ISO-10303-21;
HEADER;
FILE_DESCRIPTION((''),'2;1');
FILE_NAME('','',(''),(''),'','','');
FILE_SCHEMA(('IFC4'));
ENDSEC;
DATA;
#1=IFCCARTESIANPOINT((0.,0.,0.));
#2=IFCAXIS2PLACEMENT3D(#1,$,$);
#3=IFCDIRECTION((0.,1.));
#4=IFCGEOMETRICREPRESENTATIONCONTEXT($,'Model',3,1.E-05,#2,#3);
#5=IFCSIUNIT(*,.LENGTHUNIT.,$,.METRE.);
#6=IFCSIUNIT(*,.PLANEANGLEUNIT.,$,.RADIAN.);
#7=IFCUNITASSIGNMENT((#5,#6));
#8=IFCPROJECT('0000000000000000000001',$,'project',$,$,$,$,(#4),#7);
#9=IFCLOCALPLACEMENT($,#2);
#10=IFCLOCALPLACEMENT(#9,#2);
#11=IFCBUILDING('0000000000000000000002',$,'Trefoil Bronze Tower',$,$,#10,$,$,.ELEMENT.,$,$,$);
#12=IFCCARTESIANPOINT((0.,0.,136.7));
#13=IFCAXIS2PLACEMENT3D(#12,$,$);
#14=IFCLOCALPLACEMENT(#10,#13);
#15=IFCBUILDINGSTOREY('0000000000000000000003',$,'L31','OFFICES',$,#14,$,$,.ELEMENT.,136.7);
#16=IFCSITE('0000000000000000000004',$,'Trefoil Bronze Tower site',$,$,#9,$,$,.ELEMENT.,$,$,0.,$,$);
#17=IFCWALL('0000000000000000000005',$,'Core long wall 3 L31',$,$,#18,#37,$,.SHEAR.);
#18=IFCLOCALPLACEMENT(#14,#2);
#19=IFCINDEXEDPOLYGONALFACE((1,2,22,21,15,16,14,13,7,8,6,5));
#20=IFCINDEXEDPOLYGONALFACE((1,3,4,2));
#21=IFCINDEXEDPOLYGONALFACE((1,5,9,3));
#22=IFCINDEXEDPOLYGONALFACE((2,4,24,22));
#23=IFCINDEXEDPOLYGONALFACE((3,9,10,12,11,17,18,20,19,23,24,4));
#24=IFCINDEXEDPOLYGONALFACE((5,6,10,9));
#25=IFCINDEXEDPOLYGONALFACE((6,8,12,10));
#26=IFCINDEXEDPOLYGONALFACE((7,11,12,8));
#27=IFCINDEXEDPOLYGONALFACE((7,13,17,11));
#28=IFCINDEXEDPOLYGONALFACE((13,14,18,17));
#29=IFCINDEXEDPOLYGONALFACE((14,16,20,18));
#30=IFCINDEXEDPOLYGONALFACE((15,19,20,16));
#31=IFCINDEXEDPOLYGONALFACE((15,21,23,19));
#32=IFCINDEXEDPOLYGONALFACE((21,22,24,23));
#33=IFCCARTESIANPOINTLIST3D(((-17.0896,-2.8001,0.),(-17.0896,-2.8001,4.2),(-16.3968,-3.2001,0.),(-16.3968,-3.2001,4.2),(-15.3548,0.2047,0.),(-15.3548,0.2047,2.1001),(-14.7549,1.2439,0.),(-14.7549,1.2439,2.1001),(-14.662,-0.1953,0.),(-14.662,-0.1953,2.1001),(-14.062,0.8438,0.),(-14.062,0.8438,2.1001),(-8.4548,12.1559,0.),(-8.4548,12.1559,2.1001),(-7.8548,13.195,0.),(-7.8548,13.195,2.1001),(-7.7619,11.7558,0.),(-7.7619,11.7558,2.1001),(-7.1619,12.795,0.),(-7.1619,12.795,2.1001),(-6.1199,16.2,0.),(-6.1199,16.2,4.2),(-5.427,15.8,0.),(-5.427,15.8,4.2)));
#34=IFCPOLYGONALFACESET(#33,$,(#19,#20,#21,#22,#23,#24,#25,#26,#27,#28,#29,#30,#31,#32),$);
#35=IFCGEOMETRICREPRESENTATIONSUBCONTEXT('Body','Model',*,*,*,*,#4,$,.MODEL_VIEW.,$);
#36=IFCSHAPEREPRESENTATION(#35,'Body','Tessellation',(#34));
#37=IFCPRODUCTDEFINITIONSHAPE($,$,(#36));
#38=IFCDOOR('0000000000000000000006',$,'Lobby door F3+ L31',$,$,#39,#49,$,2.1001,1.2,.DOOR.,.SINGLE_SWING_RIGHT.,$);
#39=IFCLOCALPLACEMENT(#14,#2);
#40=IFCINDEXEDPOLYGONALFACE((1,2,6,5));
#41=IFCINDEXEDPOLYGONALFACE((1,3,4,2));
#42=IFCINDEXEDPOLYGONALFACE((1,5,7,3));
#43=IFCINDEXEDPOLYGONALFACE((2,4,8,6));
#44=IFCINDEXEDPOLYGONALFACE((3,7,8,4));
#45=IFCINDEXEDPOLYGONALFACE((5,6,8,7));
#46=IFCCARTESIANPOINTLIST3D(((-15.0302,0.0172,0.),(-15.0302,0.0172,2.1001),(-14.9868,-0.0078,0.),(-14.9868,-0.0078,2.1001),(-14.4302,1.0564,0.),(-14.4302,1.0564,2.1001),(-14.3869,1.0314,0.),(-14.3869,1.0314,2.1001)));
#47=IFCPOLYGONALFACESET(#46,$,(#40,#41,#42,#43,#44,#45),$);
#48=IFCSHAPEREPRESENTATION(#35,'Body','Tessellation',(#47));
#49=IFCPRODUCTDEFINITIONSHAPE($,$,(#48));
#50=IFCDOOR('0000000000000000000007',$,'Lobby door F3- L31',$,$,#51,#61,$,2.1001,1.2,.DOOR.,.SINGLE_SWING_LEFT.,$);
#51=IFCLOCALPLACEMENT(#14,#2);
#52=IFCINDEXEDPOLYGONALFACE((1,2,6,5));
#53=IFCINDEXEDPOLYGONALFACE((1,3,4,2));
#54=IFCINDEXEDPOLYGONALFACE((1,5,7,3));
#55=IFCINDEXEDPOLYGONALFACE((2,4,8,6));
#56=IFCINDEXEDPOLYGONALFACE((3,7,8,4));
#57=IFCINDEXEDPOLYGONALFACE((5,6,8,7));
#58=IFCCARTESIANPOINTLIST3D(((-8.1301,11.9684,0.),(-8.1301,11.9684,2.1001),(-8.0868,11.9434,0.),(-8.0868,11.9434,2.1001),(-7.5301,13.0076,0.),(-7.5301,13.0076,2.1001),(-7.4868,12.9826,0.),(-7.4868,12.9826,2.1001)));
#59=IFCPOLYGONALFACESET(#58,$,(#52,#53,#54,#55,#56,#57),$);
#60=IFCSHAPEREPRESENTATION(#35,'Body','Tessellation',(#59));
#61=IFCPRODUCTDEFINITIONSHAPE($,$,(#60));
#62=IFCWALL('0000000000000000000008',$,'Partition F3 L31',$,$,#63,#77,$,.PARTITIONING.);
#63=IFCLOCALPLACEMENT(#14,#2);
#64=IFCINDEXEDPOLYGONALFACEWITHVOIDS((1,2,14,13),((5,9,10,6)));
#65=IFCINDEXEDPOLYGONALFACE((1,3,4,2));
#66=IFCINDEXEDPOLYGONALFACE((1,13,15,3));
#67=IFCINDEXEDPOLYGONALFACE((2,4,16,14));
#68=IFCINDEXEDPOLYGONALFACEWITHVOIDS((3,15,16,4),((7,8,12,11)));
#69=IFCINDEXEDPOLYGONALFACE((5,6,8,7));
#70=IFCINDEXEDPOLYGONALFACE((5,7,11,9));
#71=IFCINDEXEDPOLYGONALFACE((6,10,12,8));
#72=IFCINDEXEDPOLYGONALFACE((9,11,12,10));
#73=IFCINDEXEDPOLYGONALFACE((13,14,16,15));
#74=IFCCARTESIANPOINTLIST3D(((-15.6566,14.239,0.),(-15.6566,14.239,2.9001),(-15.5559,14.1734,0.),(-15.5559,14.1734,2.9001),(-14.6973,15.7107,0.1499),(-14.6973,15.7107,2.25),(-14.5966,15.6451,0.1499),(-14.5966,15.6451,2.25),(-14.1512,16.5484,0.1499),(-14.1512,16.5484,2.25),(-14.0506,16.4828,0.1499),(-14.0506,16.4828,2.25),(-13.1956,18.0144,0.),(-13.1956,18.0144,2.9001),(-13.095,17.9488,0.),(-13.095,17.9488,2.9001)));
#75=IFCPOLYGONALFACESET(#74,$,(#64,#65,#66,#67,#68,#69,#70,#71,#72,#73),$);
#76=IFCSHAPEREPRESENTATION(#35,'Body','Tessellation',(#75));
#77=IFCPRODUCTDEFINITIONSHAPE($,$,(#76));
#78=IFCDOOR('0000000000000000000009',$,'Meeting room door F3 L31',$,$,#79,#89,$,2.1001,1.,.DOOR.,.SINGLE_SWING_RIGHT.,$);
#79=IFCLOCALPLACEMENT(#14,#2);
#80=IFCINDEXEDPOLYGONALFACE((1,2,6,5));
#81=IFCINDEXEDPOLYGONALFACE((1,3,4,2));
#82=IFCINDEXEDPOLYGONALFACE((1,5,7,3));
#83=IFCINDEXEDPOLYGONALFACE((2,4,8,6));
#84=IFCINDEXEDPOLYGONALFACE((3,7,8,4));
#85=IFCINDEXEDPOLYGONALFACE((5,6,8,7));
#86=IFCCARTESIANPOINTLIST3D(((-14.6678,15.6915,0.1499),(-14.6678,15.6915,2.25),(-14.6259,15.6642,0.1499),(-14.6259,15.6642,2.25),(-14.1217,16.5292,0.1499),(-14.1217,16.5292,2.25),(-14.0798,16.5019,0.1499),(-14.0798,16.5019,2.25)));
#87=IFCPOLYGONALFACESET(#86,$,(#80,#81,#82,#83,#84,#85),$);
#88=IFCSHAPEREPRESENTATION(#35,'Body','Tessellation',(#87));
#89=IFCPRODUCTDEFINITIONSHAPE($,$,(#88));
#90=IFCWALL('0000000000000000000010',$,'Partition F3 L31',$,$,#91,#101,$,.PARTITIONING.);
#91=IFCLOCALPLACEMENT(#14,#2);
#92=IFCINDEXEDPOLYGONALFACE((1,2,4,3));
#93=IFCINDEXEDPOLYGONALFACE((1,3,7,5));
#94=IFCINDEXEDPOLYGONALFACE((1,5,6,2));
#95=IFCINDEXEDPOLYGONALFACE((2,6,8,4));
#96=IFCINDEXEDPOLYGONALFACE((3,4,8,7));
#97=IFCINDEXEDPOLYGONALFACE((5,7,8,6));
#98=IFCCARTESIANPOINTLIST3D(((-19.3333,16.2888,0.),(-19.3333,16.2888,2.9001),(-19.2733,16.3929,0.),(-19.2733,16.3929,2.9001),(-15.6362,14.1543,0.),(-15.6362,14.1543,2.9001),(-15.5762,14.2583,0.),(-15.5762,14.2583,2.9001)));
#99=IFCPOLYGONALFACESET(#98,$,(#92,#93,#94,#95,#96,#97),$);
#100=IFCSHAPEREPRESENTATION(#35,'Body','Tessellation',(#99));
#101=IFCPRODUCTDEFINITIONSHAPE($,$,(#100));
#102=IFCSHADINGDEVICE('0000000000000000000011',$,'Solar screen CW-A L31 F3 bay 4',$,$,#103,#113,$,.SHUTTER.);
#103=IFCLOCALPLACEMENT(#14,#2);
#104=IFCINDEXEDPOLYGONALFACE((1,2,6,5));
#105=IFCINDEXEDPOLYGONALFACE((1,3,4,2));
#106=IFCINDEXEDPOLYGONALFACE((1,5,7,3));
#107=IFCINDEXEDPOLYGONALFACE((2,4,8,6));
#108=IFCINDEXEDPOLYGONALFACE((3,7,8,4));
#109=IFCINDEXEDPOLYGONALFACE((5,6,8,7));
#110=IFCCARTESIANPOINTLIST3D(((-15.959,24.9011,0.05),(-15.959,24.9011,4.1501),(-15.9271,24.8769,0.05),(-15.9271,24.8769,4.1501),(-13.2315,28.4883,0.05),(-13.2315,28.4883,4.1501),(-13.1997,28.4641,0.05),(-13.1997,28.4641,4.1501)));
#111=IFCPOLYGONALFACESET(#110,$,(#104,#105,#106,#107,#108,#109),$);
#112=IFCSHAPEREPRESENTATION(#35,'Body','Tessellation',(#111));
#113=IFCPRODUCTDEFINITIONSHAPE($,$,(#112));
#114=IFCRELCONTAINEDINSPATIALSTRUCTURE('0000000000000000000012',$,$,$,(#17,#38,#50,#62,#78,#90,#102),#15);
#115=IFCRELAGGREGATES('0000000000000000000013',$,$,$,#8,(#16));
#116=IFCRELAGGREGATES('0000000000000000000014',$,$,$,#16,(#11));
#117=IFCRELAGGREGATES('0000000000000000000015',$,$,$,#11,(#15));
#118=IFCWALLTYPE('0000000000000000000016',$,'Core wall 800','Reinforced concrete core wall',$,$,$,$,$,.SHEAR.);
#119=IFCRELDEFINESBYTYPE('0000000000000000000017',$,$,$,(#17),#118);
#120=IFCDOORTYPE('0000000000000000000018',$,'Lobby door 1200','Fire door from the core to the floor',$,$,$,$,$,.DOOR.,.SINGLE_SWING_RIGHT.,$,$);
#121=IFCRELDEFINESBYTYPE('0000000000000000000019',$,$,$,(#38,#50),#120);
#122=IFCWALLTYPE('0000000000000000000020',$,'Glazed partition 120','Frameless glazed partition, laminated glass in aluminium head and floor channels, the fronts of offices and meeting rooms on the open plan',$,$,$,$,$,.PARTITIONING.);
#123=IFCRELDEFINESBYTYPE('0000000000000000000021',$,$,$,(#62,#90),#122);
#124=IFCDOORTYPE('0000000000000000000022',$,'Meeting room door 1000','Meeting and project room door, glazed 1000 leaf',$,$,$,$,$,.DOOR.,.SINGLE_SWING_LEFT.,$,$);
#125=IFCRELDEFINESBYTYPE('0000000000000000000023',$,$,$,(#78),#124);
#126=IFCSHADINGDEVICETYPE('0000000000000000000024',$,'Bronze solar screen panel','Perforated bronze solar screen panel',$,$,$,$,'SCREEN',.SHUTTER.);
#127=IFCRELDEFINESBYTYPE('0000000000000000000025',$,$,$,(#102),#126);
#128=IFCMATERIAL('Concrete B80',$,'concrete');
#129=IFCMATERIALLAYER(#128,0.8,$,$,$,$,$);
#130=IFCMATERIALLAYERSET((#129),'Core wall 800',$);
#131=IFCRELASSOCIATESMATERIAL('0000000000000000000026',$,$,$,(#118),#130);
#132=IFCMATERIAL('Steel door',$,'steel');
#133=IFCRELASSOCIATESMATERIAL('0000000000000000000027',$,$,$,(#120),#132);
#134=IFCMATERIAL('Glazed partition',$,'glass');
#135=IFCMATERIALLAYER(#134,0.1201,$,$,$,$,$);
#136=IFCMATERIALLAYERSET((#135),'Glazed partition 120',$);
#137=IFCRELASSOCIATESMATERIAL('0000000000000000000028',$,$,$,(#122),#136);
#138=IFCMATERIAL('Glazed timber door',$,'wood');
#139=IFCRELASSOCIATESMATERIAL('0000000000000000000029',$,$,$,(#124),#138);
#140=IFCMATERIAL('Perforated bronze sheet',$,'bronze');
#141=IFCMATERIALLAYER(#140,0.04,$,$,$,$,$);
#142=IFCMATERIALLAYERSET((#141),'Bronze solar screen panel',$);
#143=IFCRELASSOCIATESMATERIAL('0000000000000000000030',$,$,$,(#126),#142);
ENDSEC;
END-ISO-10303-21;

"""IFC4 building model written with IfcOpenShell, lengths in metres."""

from ifc_helpers import new_model, si_unit, direction, frame, frame_2d, origin, origin_2d, place, context, subcontext, project, spatial, rectangle, extrude, material, layer, layer_set, type_object, element, fill, save


model = new_model("IFC4")

# Units and contexts
model_context = context("Model", 3, precision=1e-05, world=origin(), true_north=direction((0.0, 1.0)))
body_context = subcontext(model_context, "Body", "Model", "MODEL_VIEW")
ifc_project = project(units=[si_unit("LENGTHUNIT", "METRE"), si_unit("PLANEANGLEUNIT", "RADIAN")], contexts=[model_context])

# Site, building, storey
site_placement = place(None, origin())
site = spatial("IfcSite", under=ifc_project, at=site_placement, Name="Trefoil Bronze Tower site", CompositionType="ELEMENT", RefElevation=0.0)
building_placement = place(site_placement, origin())
building = spatial("IfcBuilding", under=site, at=building_placement, Name="Trefoil Bronze Tower", CompositionType="ELEMENT")
storey_placement = place(building_placement, frame((0.0, 0.0, 136.7)))
storey = spatial("IfcBuildingStorey", under=building, at=storey_placement, Name="L31", Description="OFFICES", CompositionType="ELEMENT", Elevation=136.7)

# Wall, openings, doors
ifc_material_1 = material(Name="Concrete B80", Category="concrete")
ifc_layer_1 = layer(ifc_material_1, 0.8)
ifc_layer_set_1 = layer_set([ifc_layer_1], Name="Core wall 800")
wall_type_1 = type_object("IfcWallType", Name="Core wall 800", Description="Reinforced concrete core wall", PredefinedType="SHEAR", material=ifc_layer_set_1)
wall_1_placement = place(storey_placement, frame((-5.7734, 16.0, 0.0), z_axis=(0.0, 0.0, 1.0), x_axis=(-0.500002, -0.866024, 0.0)))
wall_1 = element("IfcWall", 1, at=wall_1_placement, inside=storey, type_object=wall_type_1, Name="Core long wall 3 L31", PredefinedType="SHEAR", context=body_context, shape_type="SweptSolid", body=[
    extrude(rectangle(XDim=21.9395, YDim=0.8, at=frame_2d((10.9697, 0.0))), origin(), (0.0, 0.0, 1.0), 4.2),
])
opening_1_placement = place(wall_1_placement, frame((17.2698, 0.0, 0.0)))
opening_1 = element("IfcOpeningElement", 2, at=opening_1_placement, cuts=wall_1, PredefinedType="OPENING", context=body_context, shape_type="SweptSolid", body=[
    extrude(rectangle(XDim=1.2, YDim=2.1001, at=frame_2d((0.6001, 1.05))), frame((0.0, 0.4099, 0.0), z_axis=(0.0, -1.0, 0.0), x_axis=(1.0, 0.0, 0.0)), (0.0, 0.0, 1.0), 0.8201),
])
opening_2_placement = place(wall_1_placement, frame((3.4697, 0.0, 0.0)))
opening_2 = element("IfcOpeningElement", 3, at=opening_2_placement, cuts=wall_1, PredefinedType="OPENING", context=body_context, shape_type="SweptSolid", body=[
    extrude(rectangle(XDim=1.2, YDim=2.1001, at=frame_2d((0.6001, 1.05))), frame((0.0, 0.4099, 0.0), z_axis=(0.0, -1.0, 0.0), x_axis=(1.0, 0.0, 0.0)), (0.0, 0.0, 1.0), 0.8201),
])
ifc_material_2 = material(Name="Steel door", Category="steel")
door_type_1 = type_object("IfcDoorType", Name="Lobby door 1200", Description="Fire door from the core to the floor", OperationType="SINGLE_SWING_RIGHT", PredefinedType="DOOR", material=ifc_material_2)
door_1_placement = place(opening_1_placement, origin())
door_1 = element("IfcDoor", 4, at=door_1_placement, inside=storey, type_object=door_type_1, Name="Lobby door F3+ L31", OperationType="SINGLE_SWING_RIGHT", OverallHeight=2.1001, OverallWidth=1.2, PredefinedType="DOOR", context=body_context, shape_type="SweptSolid", body=[
    extrude(rectangle(XDim=1.2, YDim=2.1001, at=frame_2d((0.6001, 1.05))), frame((0.0, 0.0249, 0.0), z_axis=(0.0, -1.0, 0.0), x_axis=(1.0, 0.0, 0.0)), (0.0, 0.0, 1.0), 0.05),
])
fill(opening_1, door_1)
door_2_placement = place(opening_2_placement, origin())
door_2 = element("IfcDoor", 5, at=door_2_placement, inside=storey, type_object=door_type_1, Name="Lobby door F3- L31", OperationType="SINGLE_SWING_LEFT", OverallHeight=2.1001, OverallWidth=1.2, PredefinedType="DOOR", context=body_context, shape_type="SweptSolid", body=[
    extrude(rectangle(XDim=1.2, YDim=2.1001, at=frame_2d((0.6001, 1.05))), frame((0.0, 0.0249, 0.0), z_axis=(0.0, -1.0, 0.0), x_axis=(1.0, 0.0, 0.0)), (0.0, 0.0, 1.0), 0.05),
])
fill(opening_2, door_2)

# Wall, opening, door
ifc_material_3 = material(Name="Glazed partition", Category="glass")
ifc_layer_2 = layer(ifc_material_3, 0.1201)
ifc_layer_set_2 = layer_set([ifc_layer_2], Name="Glazed partition 120")
wall_type_2 = type_object("IfcWallType", Name="Glazed partition 120", Description="Frameless glazed partition, laminated glass in aluminium head and floor channels, the fronts of offices and meeting rooms on the open plan", PredefinedType="PARTITIONING", material=ifc_layer_set_2)
wall_2_placement = place(storey_placement, frame((-13.1453, 17.9817, 0.0), z_axis=(0.0, 0.0, 1.0), x_axis=(-0.546069, -0.83774, 0.0)))
wall_2 = element("IfcWall", 6, at=wall_2_placement, inside=storey, type_object=wall_type_2, Name="Partition F3 L31", PredefinedType="PARTITIONING", context=body_context, shape_type="SweptSolid", body=[
    extrude(rectangle(XDim=4.5066, YDim=0.1201, at=frame_2d((2.2534, 0.0))), origin(), (0.0, 0.0, 1.0), 2.9001),
])
opening_3_placement = place(wall_2_placement, frame((1.75, 0.0, 0.1499)))
opening_3 = element("IfcOpeningElement", 7, at=opening_3_placement, cuts=wall_2, PredefinedType="OPENING", context=body_context, shape_type="SweptSolid", body=[
    extrude(rectangle(XDim=1.0, YDim=2.1001, at=frame_2d((0.5, 1.05))), frame((0.0, 0.0701, 0.0), z_axis=(0.0, -1.0, 0.0), x_axis=(1.0, 0.0, 0.0)), (0.0, 0.0, 1.0), 0.1401),
])
ifc_material_4 = material(Name="Glazed timber door", Category="wood")
door_type_2 = type_object("IfcDoorType", Name="Meeting room door 1000", Description="Meeting and project room door, glazed 1000 leaf", OperationType="SINGLE_SWING_LEFT", PredefinedType="DOOR", material=ifc_material_4)
door_3_placement = place(opening_3_placement, frame((1.0, 0.0, 0.0), z_axis=(0.0, 0.0, 1.0), x_axis=(-1.0, 0.0, 0.0)))
door_3 = element("IfcDoor", 8, at=door_3_placement, inside=storey, type_object=door_type_2, Name="Meeting room door F3 L31", OperationType="SINGLE_SWING_RIGHT", OverallHeight=2.1001, OverallWidth=1.0, PredefinedType="DOOR", context=body_context, shape_type="SweptSolid", body=[
    extrude(rectangle(XDim=1.0, YDim=2.1001, at=frame_2d((0.5, 1.05))), frame((0.0, 0.0249, 0.0), z_axis=(0.0, -1.0, 0.0), x_axis=(1.0, 0.0, 0.0)), (0.0, 0.0, 1.0), 0.05),
])
fill(opening_3, door_3)

# Wall
wall_3_placement = place(storey_placement, frame((-15.6062, 14.2063, 0.0), z_axis=(0.0, 0.0, 1.0), x_axis=(-0.866021, 0.500008, 0.0)))
element("IfcWall", 9, at=wall_3_placement, inside=storey, type_object=wall_type_2, Name="Partition F3 L31", PredefinedType="PARTITIONING", context=body_context, shape_type="SweptSolid", body=[
    extrude(rectangle(XDim=4.269, YDim=0.1201, at=frame_2d((2.1345, 0.0))), origin(), (0.0, 0.0, 1.0), 2.9001),
])

# Shading device
ifc_material_5 = material(Name="Perforated bronze sheet", Category="bronze")
ifc_layer_3 = layer(ifc_material_5, 0.04)
ifc_layer_set_3 = layer_set([ifc_layer_3], Name="Bronze solar screen panel")
shading_device_type = type_object("IfcShadingDeviceType", Name="Bronze solar screen panel", Description="Perforated bronze solar screen panel", ElementType="SCREEN", PredefinedType="SHUTTER", material=ifc_layer_set_3)
shading_device_placement = place(storey_placement, frame((-14.5793, 26.6826, 0.05), z_axis=(0.0, 0.0, 1.0), x_axis=(-0.605252, -0.796034, 0.0)))
element("IfcShadingDevice", 10, at=shading_device_placement, inside=storey, type_object=shading_device_type, Name="Solar screen CW-A L31 F3 bay 4", PredefinedType="SHUTTER", context=body_context, shape_type="SweptSolid", body=[
    extrude(rectangle(XDim=4.5063, YDim=0.04, at=origin_2d()), origin(), (0.0, 0.0, 1.0), 4.1001),
])

save(model, "model.ifc")
